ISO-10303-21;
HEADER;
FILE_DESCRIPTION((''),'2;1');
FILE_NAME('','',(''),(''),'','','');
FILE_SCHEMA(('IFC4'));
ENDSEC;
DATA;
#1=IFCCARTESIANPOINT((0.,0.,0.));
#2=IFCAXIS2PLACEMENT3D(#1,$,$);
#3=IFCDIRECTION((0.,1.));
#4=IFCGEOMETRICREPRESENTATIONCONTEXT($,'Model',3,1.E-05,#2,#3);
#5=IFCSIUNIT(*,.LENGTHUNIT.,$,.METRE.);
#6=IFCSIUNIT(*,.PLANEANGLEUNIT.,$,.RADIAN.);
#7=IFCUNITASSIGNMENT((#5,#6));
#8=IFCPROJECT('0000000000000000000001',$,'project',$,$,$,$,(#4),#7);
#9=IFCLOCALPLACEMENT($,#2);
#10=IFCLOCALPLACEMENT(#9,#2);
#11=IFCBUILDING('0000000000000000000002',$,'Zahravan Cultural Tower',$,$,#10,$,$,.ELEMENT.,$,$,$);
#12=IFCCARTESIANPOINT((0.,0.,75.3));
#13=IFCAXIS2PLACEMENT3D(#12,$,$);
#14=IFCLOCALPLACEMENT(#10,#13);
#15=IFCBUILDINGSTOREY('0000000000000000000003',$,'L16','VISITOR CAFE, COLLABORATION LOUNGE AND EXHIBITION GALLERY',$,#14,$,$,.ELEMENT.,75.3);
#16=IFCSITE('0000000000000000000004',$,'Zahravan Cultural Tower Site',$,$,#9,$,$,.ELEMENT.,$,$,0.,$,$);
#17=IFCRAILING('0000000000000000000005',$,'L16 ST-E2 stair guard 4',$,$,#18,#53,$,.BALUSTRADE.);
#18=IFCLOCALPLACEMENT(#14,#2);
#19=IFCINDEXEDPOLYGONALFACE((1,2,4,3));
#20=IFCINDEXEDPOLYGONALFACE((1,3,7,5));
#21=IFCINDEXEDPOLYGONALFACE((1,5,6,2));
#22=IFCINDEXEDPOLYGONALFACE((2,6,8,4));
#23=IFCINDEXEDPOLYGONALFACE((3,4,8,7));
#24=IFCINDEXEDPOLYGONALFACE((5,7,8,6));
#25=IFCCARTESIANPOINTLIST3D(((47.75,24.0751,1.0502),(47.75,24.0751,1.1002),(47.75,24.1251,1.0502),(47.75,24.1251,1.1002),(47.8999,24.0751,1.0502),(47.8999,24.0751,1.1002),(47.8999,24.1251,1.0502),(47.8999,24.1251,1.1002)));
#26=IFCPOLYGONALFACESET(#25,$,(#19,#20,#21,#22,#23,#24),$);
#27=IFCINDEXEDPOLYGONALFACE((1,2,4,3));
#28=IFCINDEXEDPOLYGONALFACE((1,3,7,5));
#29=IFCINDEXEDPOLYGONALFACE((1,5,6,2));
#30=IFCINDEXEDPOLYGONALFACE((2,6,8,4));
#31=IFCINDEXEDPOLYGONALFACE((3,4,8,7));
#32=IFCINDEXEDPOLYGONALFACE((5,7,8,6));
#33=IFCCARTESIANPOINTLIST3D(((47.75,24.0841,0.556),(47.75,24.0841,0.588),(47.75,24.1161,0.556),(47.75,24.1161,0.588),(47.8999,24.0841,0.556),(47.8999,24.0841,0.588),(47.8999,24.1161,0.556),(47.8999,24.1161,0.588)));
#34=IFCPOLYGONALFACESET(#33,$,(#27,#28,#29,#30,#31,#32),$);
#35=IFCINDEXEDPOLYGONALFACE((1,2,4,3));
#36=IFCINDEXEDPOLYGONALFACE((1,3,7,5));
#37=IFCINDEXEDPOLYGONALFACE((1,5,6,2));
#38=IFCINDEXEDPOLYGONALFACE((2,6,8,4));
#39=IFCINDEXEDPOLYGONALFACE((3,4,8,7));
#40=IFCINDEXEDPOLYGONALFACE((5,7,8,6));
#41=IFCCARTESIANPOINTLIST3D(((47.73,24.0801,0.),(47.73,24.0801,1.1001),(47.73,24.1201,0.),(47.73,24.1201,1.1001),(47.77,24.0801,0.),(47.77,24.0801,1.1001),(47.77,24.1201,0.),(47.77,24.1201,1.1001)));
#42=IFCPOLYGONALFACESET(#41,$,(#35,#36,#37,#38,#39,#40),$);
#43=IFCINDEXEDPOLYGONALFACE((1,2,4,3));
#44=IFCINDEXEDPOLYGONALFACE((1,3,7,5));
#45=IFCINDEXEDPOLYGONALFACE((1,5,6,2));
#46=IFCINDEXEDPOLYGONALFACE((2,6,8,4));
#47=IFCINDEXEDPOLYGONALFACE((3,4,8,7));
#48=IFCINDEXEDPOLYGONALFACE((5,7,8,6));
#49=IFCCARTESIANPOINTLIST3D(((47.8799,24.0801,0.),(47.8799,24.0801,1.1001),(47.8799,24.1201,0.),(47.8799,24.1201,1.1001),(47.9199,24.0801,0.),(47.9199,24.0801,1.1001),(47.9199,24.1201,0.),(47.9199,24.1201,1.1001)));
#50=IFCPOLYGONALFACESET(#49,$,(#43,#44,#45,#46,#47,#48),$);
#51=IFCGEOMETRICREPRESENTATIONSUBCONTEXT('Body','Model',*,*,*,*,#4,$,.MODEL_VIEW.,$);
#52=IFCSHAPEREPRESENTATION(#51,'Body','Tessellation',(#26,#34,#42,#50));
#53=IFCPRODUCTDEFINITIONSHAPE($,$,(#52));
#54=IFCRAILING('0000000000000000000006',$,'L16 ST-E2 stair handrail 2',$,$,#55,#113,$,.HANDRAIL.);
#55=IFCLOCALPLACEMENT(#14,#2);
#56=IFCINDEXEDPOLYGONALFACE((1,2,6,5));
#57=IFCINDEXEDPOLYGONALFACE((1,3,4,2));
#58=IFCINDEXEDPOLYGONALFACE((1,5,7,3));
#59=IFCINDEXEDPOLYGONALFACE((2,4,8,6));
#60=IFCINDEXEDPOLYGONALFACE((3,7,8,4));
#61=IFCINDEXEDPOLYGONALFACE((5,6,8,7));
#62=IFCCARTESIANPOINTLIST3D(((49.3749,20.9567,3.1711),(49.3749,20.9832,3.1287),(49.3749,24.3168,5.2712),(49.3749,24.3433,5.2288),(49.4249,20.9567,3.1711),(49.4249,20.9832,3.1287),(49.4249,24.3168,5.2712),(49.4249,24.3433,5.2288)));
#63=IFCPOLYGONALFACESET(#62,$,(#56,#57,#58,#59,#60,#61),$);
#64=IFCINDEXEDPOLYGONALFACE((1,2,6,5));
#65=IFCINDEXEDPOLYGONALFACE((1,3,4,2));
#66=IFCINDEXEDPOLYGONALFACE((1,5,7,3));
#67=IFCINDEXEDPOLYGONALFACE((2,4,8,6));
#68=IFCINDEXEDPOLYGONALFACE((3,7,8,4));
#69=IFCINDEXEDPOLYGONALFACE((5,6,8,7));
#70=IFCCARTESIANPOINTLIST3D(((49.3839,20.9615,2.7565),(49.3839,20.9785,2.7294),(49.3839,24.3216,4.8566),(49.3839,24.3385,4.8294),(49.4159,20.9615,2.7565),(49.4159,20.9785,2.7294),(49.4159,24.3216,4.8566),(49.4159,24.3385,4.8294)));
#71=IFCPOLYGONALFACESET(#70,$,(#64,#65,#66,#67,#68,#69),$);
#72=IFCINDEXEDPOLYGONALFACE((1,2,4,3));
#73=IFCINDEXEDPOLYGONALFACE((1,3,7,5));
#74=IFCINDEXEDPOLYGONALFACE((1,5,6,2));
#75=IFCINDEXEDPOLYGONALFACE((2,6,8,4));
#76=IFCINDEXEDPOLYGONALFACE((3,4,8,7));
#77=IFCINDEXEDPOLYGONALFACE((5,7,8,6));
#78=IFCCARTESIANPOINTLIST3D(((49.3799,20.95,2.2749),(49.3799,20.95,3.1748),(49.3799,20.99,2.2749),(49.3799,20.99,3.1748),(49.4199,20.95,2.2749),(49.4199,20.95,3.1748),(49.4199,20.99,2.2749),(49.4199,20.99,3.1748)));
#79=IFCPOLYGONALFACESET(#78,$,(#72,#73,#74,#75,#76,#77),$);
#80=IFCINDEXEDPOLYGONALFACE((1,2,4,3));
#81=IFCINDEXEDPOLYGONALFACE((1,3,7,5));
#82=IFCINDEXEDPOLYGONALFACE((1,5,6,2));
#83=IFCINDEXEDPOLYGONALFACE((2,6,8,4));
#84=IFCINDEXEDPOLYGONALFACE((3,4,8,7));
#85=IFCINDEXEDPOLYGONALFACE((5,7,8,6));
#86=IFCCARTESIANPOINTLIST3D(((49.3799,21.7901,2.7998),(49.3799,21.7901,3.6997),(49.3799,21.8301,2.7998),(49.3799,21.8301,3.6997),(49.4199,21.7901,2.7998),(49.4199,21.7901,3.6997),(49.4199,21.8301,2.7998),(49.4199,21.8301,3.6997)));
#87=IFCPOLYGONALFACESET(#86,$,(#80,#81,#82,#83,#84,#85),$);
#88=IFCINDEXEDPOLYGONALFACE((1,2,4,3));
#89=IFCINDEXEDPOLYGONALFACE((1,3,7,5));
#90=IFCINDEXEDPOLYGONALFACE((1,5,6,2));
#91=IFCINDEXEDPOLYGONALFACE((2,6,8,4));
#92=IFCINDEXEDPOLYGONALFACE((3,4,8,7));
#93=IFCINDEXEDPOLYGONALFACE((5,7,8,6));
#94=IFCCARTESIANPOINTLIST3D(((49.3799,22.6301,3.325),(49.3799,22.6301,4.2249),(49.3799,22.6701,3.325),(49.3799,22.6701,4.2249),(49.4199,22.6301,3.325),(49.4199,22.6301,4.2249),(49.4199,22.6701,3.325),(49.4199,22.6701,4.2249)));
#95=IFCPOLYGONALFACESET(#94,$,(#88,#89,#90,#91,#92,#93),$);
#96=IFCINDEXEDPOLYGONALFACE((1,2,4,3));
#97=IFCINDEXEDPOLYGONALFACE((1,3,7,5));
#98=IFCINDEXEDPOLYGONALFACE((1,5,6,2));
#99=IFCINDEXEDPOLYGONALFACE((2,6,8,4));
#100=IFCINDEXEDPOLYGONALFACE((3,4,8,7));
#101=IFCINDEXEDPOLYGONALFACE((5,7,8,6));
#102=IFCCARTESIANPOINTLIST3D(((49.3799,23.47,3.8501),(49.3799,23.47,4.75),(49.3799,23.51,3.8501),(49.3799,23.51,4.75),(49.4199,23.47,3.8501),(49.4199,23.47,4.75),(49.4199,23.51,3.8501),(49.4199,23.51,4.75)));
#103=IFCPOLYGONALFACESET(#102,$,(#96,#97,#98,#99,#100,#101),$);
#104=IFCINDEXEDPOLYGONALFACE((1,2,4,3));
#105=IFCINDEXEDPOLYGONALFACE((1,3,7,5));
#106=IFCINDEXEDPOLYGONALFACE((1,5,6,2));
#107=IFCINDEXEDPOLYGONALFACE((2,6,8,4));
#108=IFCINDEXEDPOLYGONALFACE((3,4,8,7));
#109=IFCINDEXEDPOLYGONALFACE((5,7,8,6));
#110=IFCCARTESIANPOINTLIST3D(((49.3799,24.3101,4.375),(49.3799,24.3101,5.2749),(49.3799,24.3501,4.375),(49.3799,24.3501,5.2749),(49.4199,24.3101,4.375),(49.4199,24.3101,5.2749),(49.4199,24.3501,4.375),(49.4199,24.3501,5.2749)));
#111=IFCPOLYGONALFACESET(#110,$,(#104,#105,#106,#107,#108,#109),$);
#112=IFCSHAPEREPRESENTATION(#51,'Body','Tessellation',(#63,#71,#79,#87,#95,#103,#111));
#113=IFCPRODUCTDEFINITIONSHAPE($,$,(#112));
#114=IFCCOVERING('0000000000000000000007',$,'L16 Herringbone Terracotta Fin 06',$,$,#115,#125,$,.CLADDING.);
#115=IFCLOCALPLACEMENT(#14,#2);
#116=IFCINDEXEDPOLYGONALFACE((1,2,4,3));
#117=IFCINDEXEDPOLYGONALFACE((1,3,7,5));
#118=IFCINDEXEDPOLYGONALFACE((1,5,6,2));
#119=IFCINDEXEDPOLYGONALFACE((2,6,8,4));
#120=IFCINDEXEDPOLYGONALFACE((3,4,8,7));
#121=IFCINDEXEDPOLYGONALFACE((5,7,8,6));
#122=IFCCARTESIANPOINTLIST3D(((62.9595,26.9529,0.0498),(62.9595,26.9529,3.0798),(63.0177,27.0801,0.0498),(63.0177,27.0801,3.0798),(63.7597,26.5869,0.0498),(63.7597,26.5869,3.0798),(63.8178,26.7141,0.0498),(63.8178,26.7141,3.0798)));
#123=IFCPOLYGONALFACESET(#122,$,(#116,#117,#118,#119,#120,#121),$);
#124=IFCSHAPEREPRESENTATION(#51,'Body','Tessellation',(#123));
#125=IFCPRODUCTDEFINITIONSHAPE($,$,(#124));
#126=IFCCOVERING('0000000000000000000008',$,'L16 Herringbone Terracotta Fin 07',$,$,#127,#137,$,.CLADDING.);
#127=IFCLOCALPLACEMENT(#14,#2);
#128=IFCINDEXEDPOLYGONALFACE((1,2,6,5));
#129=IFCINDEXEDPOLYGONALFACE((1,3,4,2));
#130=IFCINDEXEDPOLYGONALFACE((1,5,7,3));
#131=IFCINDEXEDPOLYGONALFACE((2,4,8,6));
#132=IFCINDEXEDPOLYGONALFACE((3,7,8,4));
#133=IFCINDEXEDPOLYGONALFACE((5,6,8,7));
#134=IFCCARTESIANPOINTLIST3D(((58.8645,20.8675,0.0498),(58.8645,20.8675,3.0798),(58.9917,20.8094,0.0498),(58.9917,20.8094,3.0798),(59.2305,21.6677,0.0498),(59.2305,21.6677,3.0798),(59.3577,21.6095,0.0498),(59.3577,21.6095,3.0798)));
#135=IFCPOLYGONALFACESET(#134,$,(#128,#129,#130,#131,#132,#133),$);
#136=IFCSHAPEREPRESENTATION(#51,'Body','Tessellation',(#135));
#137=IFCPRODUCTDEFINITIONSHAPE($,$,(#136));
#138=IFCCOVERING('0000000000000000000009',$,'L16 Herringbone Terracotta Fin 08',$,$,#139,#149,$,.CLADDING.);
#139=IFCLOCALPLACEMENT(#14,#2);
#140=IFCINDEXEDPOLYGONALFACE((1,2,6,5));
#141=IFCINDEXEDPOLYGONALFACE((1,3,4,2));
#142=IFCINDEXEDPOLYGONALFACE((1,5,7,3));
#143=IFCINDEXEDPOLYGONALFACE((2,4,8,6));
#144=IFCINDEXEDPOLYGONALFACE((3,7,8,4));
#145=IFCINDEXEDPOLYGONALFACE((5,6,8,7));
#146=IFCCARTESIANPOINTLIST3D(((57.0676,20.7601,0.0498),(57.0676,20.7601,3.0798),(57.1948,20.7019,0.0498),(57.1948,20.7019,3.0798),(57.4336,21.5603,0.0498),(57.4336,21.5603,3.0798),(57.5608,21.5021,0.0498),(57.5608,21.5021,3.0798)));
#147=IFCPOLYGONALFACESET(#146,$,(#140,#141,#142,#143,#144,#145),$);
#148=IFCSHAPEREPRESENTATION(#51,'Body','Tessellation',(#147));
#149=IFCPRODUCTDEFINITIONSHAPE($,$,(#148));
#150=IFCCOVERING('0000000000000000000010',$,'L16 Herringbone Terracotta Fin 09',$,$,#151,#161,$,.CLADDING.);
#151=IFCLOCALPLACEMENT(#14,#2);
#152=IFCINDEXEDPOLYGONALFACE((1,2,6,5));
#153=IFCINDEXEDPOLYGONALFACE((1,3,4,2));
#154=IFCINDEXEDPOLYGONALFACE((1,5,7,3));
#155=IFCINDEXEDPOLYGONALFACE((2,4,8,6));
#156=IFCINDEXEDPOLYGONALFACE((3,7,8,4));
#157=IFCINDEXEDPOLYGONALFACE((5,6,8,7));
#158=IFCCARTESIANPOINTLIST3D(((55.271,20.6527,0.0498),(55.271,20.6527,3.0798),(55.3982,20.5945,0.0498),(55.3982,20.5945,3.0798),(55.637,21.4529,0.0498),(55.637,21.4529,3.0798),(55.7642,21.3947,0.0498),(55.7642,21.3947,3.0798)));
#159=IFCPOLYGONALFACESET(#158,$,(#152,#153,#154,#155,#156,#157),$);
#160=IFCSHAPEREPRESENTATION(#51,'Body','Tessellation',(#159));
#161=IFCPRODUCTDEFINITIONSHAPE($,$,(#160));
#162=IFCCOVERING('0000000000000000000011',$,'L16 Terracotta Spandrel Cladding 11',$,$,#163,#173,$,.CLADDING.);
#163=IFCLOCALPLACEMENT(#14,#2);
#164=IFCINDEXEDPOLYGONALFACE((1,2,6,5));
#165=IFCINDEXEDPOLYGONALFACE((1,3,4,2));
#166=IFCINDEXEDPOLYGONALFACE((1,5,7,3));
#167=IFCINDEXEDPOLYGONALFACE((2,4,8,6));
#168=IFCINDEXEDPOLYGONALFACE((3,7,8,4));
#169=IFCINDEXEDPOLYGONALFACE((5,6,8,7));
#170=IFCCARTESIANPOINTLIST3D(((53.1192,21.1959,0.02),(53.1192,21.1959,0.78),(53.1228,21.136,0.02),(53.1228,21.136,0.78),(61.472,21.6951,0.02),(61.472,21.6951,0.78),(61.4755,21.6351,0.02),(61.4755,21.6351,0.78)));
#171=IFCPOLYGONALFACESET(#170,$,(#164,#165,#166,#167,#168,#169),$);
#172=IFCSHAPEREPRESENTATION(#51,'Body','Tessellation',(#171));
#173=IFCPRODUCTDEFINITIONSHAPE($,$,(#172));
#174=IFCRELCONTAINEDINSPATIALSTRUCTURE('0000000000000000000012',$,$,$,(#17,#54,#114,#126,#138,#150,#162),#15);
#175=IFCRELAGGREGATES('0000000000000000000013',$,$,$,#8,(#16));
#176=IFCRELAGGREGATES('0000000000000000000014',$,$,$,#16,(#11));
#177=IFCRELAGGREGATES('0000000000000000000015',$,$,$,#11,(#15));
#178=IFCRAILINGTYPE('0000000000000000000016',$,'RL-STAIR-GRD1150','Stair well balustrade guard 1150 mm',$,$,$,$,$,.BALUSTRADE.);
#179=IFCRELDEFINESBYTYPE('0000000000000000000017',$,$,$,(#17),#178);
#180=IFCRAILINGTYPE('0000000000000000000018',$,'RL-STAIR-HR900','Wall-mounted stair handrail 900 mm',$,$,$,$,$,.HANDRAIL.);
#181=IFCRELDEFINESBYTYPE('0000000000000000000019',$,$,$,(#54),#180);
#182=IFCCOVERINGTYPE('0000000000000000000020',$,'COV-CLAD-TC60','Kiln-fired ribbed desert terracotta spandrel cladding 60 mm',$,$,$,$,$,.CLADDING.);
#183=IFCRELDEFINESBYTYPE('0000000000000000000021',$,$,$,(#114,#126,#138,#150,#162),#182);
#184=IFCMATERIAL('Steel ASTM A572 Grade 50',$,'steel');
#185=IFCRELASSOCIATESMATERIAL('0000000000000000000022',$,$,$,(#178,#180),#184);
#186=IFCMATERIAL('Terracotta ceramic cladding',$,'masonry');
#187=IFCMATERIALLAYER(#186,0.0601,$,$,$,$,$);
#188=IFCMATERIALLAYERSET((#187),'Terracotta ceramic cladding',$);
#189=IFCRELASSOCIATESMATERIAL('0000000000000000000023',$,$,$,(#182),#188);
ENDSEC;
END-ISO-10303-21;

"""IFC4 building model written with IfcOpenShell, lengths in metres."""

from ifc_helpers import new_model, si_unit, direction, frame, origin, origin_2d, place, context, subcontext, project, spatial, rectangle, extrude, source, transform, mapped, material, layer, layer_set, type_object, element, save


model = new_model("IFC4")

# Units and contexts
model_context = context("Model", 3, precision=1e-05, world=origin(), true_north=direction((0.0, 1.0)))
body_context = subcontext(model_context, "Body", "Model", "MODEL_VIEW")
ifc_project = project(units=[si_unit("LENGTHUNIT", "METRE"), si_unit("PLANEANGLEUNIT", "RADIAN")], contexts=[model_context])

# Site, building, storey
site_placement = place(None, origin())
site = spatial("IfcSite", under=ifc_project, at=site_placement, Name="Zahravan Cultural Tower Site", CompositionType="ELEMENT", RefElevation=0.0)
building_placement = place(site_placement, origin())
building = spatial("IfcBuilding", under=site, at=building_placement, Name="Zahravan Cultural Tower", CompositionType="ELEMENT")
storey_placement = place(building_placement, frame((0.0, 0.0, 75.3)))
storey = spatial("IfcBuildingStorey", under=building, at=storey_placement, Name="L16", Description="VISITOR CAFE, COLLABORATION LOUNGE AND EXHIBITION GALLERY", CompositionType="ELEMENT", Elevation=75.3)

# Shared definitions
ifc_material_1 = material(Name="Steel ASTM A572 Grade 50", Category="steel")

# Railings
railing_type_1 = type_object("IfcRailingType", Name="RL-STAIR-GRD1150", Description="Stair well balustrade guard 1150 mm", PredefinedType="BALUSTRADE", material=ifc_material_1)
railing_1_placement = place(storey_placement, frame((47.75, 24.1001, 0.0)))
element("IfcRailing", 1, at=railing_1_placement, inside=storey, type_object=railing_type_1, Name="L16 ST-E2 stair guard 4", PredefinedType="BALUSTRADE", context=body_context, shape_type="SweptSolid", body=[
    extrude(rectangle(XDim=0.05, YDim=0.05, at=origin_2d()), frame((0.0, 0.0, 1.0752), z_axis=(1.0, 0.0, 0.0), x_axis=(0.0, 1.0, 0.0)), (0.0, 0.0, 1.0), 0.1499),
    extrude(rectangle(XDim=0.032, YDim=0.032, at=origin_2d()), frame((0.0, 0.0, 0.572), z_axis=(1.0, 0.0, 0.0), x_axis=(0.0, 1.0, 0.0)), (0.0, 0.0, 1.0), 0.1499),
    extrude(rectangle(XDim=0.04, YDim=0.04, at=origin_2d()), origin(), (0.0, 0.0, 1.0), 1.1001),
    extrude(rectangle(XDim=0.04, YDim=0.04, at=origin_2d()), frame((0.1499, 0.0, 0.0)), (0.0, 0.0, 1.0), 1.1001),
])
railing_type_2 = type_object("IfcRailingType", Name="RL-STAIR-HR900", Description="Wall-mounted stair handrail 900 mm", PredefinedType="HANDRAIL", material=ifc_material_1)
railing_2_placement = place(storey_placement, frame((49.3999, 20.97, 2.2749)))
element("IfcRailing", 2, at=railing_2_placement, inside=storey, type_object=railing_type_2, Name="L16 ST-E2 stair handrail 2", PredefinedType="HANDRAIL", context=body_context, shape_type="SweptSolid", body=[
    extrude(rectangle(XDim=0.05, YDim=0.05, at=origin_2d()), frame((0.0, 0.0, 0.875), z_axis=(0.0, 0.847995, 0.530004), x_axis=(-1.0, 0.0, 0.0)), (0.0, 0.0, 1.0), 3.9624),
    extrude(rectangle(XDim=0.032, YDim=0.032, at=origin_2d()), frame((0.0, 0.0, 0.468), z_axis=(0.0, 0.847995, 0.530004), x_axis=(-1.0, 0.0, 0.0)), (0.0, 0.0, 1.0), 3.9624),
    extrude(rectangle(XDim=0.04, YDim=0.04, at=origin_2d()), origin(), (0.0, 0.0, 1.0), 0.8999),
    extrude(rectangle(XDim=0.04, YDim=0.04, at=origin_2d()), frame((0.0, 0.8401, 0.5249)), (0.0, 0.0, 1.0), 0.8999),
    extrude(rectangle(XDim=0.04, YDim=0.04, at=origin_2d()), frame((0.0, 1.6802, 1.05)), (0.0, 0.0, 1.0), 0.8999),
    extrude(rectangle(XDim=0.04, YDim=0.04, at=origin_2d()), frame((0.0, 2.52, 1.5752)), (0.0, 0.0, 1.0), 0.8999),
    extrude(rectangle(XDim=0.04, YDim=0.04, at=origin_2d()), frame((0.0, 3.3601, 2.1001)), (0.0, 0.0, 1.0), 0.8999),
])

# Coverings
ifc_material_2 = material(Name="Terracotta ceramic cladding", Category="masonry")
ifc_layer_1 = layer(ifc_material_2, 0.0601)
ifc_layer_set_1 = layer_set([ifc_layer_1], Name="Terracotta ceramic cladding")
covering_type = type_object("IfcCoveringType", Name="COV-CLAD-TC60", Description="Kiln-fired ribbed desert terracotta spandrel cladding 60 mm", PredefinedType="CLADDING", material=ifc_layer_set_1)
shared_shape_1 = source(origin(), body_context, "Body", "SweptSolid", [
    extrude(rectangle(XDim=0.8799, YDim=0.1399, at=origin_2d()), origin(), (0.0, 0.0, 1.0), 3.03),
])
for number, where, z_axis, x_axis, name in (
    (3, (63.3887, 26.8335, 0.0498), (0.0, 0.0, 1.0), (0.909381, -0.415963, 0.0), "L16 Herringbone Terracotta Fin 06"),
    (4, (59.1111, 21.2385, 0.0498), (0.0, 0.0, 1.0), (-0.415963, -0.909381, 0.0), "L16 Herringbone Terracotta Fin 07"),
    (5, (57.3142, 21.1311, 0.0498), (0.0, 0.0, 1.0), (-0.415963, -0.909381, 0.0), "L16 Herringbone Terracotta Fin 08"),
    (6, (55.5176, 21.0237, 0.0498), (0.0, 0.0, 1.0), (-0.415963, -0.909381, 0.0), "L16 Herringbone Terracotta Fin 09"),
):
    element("IfcCovering", number, at=place(storey_placement, frame(where, z_axis=z_axis, x_axis=x_axis)), inside=storey, type_object=covering_type, Name=name, PredefinedType="CLADDING", context=body_context, shape_type="MappedRepresentation", body=[
        mapped(shared_shape_1, transform((0.0, 0.0, 0.0), x_axis=(1.0, 0.0, 0.0), y_axis=(0.0, 1.0, 0.0), z_axis=(0.0, 0.0, 1.0), scale=1.0)),
    ])
shared_shape_2 = source(origin(), body_context, "Body", "SweptSolid", [
    extrude(rectangle(XDim=8.3677, YDim=0.0601, at=origin_2d()), origin(), (0.0, 0.0, 1.0), 0.76),
])
covering_placement = place(storey_placement, frame((57.2974, 21.4155, 0.02), z_axis=(0.0, 0.0, 1.0), x_axis=(-0.998219, -0.059655, 0.0)))
element("IfcCovering", 7, at=covering_placement, inside=storey, type_object=covering_type, Name="L16 Terracotta Spandrel Cladding 11", PredefinedType="CLADDING", context=body_context, shape_type="MappedRepresentation", body=[
    mapped(shared_shape_2, transform((0.0, 0.0, 0.0), x_axis=(1.0, 0.0, 0.0), y_axis=(0.0, 1.0, 0.0), z_axis=(0.0, 0.0, 1.0), scale=1.0)),
])

save(model, "model.ifc")
